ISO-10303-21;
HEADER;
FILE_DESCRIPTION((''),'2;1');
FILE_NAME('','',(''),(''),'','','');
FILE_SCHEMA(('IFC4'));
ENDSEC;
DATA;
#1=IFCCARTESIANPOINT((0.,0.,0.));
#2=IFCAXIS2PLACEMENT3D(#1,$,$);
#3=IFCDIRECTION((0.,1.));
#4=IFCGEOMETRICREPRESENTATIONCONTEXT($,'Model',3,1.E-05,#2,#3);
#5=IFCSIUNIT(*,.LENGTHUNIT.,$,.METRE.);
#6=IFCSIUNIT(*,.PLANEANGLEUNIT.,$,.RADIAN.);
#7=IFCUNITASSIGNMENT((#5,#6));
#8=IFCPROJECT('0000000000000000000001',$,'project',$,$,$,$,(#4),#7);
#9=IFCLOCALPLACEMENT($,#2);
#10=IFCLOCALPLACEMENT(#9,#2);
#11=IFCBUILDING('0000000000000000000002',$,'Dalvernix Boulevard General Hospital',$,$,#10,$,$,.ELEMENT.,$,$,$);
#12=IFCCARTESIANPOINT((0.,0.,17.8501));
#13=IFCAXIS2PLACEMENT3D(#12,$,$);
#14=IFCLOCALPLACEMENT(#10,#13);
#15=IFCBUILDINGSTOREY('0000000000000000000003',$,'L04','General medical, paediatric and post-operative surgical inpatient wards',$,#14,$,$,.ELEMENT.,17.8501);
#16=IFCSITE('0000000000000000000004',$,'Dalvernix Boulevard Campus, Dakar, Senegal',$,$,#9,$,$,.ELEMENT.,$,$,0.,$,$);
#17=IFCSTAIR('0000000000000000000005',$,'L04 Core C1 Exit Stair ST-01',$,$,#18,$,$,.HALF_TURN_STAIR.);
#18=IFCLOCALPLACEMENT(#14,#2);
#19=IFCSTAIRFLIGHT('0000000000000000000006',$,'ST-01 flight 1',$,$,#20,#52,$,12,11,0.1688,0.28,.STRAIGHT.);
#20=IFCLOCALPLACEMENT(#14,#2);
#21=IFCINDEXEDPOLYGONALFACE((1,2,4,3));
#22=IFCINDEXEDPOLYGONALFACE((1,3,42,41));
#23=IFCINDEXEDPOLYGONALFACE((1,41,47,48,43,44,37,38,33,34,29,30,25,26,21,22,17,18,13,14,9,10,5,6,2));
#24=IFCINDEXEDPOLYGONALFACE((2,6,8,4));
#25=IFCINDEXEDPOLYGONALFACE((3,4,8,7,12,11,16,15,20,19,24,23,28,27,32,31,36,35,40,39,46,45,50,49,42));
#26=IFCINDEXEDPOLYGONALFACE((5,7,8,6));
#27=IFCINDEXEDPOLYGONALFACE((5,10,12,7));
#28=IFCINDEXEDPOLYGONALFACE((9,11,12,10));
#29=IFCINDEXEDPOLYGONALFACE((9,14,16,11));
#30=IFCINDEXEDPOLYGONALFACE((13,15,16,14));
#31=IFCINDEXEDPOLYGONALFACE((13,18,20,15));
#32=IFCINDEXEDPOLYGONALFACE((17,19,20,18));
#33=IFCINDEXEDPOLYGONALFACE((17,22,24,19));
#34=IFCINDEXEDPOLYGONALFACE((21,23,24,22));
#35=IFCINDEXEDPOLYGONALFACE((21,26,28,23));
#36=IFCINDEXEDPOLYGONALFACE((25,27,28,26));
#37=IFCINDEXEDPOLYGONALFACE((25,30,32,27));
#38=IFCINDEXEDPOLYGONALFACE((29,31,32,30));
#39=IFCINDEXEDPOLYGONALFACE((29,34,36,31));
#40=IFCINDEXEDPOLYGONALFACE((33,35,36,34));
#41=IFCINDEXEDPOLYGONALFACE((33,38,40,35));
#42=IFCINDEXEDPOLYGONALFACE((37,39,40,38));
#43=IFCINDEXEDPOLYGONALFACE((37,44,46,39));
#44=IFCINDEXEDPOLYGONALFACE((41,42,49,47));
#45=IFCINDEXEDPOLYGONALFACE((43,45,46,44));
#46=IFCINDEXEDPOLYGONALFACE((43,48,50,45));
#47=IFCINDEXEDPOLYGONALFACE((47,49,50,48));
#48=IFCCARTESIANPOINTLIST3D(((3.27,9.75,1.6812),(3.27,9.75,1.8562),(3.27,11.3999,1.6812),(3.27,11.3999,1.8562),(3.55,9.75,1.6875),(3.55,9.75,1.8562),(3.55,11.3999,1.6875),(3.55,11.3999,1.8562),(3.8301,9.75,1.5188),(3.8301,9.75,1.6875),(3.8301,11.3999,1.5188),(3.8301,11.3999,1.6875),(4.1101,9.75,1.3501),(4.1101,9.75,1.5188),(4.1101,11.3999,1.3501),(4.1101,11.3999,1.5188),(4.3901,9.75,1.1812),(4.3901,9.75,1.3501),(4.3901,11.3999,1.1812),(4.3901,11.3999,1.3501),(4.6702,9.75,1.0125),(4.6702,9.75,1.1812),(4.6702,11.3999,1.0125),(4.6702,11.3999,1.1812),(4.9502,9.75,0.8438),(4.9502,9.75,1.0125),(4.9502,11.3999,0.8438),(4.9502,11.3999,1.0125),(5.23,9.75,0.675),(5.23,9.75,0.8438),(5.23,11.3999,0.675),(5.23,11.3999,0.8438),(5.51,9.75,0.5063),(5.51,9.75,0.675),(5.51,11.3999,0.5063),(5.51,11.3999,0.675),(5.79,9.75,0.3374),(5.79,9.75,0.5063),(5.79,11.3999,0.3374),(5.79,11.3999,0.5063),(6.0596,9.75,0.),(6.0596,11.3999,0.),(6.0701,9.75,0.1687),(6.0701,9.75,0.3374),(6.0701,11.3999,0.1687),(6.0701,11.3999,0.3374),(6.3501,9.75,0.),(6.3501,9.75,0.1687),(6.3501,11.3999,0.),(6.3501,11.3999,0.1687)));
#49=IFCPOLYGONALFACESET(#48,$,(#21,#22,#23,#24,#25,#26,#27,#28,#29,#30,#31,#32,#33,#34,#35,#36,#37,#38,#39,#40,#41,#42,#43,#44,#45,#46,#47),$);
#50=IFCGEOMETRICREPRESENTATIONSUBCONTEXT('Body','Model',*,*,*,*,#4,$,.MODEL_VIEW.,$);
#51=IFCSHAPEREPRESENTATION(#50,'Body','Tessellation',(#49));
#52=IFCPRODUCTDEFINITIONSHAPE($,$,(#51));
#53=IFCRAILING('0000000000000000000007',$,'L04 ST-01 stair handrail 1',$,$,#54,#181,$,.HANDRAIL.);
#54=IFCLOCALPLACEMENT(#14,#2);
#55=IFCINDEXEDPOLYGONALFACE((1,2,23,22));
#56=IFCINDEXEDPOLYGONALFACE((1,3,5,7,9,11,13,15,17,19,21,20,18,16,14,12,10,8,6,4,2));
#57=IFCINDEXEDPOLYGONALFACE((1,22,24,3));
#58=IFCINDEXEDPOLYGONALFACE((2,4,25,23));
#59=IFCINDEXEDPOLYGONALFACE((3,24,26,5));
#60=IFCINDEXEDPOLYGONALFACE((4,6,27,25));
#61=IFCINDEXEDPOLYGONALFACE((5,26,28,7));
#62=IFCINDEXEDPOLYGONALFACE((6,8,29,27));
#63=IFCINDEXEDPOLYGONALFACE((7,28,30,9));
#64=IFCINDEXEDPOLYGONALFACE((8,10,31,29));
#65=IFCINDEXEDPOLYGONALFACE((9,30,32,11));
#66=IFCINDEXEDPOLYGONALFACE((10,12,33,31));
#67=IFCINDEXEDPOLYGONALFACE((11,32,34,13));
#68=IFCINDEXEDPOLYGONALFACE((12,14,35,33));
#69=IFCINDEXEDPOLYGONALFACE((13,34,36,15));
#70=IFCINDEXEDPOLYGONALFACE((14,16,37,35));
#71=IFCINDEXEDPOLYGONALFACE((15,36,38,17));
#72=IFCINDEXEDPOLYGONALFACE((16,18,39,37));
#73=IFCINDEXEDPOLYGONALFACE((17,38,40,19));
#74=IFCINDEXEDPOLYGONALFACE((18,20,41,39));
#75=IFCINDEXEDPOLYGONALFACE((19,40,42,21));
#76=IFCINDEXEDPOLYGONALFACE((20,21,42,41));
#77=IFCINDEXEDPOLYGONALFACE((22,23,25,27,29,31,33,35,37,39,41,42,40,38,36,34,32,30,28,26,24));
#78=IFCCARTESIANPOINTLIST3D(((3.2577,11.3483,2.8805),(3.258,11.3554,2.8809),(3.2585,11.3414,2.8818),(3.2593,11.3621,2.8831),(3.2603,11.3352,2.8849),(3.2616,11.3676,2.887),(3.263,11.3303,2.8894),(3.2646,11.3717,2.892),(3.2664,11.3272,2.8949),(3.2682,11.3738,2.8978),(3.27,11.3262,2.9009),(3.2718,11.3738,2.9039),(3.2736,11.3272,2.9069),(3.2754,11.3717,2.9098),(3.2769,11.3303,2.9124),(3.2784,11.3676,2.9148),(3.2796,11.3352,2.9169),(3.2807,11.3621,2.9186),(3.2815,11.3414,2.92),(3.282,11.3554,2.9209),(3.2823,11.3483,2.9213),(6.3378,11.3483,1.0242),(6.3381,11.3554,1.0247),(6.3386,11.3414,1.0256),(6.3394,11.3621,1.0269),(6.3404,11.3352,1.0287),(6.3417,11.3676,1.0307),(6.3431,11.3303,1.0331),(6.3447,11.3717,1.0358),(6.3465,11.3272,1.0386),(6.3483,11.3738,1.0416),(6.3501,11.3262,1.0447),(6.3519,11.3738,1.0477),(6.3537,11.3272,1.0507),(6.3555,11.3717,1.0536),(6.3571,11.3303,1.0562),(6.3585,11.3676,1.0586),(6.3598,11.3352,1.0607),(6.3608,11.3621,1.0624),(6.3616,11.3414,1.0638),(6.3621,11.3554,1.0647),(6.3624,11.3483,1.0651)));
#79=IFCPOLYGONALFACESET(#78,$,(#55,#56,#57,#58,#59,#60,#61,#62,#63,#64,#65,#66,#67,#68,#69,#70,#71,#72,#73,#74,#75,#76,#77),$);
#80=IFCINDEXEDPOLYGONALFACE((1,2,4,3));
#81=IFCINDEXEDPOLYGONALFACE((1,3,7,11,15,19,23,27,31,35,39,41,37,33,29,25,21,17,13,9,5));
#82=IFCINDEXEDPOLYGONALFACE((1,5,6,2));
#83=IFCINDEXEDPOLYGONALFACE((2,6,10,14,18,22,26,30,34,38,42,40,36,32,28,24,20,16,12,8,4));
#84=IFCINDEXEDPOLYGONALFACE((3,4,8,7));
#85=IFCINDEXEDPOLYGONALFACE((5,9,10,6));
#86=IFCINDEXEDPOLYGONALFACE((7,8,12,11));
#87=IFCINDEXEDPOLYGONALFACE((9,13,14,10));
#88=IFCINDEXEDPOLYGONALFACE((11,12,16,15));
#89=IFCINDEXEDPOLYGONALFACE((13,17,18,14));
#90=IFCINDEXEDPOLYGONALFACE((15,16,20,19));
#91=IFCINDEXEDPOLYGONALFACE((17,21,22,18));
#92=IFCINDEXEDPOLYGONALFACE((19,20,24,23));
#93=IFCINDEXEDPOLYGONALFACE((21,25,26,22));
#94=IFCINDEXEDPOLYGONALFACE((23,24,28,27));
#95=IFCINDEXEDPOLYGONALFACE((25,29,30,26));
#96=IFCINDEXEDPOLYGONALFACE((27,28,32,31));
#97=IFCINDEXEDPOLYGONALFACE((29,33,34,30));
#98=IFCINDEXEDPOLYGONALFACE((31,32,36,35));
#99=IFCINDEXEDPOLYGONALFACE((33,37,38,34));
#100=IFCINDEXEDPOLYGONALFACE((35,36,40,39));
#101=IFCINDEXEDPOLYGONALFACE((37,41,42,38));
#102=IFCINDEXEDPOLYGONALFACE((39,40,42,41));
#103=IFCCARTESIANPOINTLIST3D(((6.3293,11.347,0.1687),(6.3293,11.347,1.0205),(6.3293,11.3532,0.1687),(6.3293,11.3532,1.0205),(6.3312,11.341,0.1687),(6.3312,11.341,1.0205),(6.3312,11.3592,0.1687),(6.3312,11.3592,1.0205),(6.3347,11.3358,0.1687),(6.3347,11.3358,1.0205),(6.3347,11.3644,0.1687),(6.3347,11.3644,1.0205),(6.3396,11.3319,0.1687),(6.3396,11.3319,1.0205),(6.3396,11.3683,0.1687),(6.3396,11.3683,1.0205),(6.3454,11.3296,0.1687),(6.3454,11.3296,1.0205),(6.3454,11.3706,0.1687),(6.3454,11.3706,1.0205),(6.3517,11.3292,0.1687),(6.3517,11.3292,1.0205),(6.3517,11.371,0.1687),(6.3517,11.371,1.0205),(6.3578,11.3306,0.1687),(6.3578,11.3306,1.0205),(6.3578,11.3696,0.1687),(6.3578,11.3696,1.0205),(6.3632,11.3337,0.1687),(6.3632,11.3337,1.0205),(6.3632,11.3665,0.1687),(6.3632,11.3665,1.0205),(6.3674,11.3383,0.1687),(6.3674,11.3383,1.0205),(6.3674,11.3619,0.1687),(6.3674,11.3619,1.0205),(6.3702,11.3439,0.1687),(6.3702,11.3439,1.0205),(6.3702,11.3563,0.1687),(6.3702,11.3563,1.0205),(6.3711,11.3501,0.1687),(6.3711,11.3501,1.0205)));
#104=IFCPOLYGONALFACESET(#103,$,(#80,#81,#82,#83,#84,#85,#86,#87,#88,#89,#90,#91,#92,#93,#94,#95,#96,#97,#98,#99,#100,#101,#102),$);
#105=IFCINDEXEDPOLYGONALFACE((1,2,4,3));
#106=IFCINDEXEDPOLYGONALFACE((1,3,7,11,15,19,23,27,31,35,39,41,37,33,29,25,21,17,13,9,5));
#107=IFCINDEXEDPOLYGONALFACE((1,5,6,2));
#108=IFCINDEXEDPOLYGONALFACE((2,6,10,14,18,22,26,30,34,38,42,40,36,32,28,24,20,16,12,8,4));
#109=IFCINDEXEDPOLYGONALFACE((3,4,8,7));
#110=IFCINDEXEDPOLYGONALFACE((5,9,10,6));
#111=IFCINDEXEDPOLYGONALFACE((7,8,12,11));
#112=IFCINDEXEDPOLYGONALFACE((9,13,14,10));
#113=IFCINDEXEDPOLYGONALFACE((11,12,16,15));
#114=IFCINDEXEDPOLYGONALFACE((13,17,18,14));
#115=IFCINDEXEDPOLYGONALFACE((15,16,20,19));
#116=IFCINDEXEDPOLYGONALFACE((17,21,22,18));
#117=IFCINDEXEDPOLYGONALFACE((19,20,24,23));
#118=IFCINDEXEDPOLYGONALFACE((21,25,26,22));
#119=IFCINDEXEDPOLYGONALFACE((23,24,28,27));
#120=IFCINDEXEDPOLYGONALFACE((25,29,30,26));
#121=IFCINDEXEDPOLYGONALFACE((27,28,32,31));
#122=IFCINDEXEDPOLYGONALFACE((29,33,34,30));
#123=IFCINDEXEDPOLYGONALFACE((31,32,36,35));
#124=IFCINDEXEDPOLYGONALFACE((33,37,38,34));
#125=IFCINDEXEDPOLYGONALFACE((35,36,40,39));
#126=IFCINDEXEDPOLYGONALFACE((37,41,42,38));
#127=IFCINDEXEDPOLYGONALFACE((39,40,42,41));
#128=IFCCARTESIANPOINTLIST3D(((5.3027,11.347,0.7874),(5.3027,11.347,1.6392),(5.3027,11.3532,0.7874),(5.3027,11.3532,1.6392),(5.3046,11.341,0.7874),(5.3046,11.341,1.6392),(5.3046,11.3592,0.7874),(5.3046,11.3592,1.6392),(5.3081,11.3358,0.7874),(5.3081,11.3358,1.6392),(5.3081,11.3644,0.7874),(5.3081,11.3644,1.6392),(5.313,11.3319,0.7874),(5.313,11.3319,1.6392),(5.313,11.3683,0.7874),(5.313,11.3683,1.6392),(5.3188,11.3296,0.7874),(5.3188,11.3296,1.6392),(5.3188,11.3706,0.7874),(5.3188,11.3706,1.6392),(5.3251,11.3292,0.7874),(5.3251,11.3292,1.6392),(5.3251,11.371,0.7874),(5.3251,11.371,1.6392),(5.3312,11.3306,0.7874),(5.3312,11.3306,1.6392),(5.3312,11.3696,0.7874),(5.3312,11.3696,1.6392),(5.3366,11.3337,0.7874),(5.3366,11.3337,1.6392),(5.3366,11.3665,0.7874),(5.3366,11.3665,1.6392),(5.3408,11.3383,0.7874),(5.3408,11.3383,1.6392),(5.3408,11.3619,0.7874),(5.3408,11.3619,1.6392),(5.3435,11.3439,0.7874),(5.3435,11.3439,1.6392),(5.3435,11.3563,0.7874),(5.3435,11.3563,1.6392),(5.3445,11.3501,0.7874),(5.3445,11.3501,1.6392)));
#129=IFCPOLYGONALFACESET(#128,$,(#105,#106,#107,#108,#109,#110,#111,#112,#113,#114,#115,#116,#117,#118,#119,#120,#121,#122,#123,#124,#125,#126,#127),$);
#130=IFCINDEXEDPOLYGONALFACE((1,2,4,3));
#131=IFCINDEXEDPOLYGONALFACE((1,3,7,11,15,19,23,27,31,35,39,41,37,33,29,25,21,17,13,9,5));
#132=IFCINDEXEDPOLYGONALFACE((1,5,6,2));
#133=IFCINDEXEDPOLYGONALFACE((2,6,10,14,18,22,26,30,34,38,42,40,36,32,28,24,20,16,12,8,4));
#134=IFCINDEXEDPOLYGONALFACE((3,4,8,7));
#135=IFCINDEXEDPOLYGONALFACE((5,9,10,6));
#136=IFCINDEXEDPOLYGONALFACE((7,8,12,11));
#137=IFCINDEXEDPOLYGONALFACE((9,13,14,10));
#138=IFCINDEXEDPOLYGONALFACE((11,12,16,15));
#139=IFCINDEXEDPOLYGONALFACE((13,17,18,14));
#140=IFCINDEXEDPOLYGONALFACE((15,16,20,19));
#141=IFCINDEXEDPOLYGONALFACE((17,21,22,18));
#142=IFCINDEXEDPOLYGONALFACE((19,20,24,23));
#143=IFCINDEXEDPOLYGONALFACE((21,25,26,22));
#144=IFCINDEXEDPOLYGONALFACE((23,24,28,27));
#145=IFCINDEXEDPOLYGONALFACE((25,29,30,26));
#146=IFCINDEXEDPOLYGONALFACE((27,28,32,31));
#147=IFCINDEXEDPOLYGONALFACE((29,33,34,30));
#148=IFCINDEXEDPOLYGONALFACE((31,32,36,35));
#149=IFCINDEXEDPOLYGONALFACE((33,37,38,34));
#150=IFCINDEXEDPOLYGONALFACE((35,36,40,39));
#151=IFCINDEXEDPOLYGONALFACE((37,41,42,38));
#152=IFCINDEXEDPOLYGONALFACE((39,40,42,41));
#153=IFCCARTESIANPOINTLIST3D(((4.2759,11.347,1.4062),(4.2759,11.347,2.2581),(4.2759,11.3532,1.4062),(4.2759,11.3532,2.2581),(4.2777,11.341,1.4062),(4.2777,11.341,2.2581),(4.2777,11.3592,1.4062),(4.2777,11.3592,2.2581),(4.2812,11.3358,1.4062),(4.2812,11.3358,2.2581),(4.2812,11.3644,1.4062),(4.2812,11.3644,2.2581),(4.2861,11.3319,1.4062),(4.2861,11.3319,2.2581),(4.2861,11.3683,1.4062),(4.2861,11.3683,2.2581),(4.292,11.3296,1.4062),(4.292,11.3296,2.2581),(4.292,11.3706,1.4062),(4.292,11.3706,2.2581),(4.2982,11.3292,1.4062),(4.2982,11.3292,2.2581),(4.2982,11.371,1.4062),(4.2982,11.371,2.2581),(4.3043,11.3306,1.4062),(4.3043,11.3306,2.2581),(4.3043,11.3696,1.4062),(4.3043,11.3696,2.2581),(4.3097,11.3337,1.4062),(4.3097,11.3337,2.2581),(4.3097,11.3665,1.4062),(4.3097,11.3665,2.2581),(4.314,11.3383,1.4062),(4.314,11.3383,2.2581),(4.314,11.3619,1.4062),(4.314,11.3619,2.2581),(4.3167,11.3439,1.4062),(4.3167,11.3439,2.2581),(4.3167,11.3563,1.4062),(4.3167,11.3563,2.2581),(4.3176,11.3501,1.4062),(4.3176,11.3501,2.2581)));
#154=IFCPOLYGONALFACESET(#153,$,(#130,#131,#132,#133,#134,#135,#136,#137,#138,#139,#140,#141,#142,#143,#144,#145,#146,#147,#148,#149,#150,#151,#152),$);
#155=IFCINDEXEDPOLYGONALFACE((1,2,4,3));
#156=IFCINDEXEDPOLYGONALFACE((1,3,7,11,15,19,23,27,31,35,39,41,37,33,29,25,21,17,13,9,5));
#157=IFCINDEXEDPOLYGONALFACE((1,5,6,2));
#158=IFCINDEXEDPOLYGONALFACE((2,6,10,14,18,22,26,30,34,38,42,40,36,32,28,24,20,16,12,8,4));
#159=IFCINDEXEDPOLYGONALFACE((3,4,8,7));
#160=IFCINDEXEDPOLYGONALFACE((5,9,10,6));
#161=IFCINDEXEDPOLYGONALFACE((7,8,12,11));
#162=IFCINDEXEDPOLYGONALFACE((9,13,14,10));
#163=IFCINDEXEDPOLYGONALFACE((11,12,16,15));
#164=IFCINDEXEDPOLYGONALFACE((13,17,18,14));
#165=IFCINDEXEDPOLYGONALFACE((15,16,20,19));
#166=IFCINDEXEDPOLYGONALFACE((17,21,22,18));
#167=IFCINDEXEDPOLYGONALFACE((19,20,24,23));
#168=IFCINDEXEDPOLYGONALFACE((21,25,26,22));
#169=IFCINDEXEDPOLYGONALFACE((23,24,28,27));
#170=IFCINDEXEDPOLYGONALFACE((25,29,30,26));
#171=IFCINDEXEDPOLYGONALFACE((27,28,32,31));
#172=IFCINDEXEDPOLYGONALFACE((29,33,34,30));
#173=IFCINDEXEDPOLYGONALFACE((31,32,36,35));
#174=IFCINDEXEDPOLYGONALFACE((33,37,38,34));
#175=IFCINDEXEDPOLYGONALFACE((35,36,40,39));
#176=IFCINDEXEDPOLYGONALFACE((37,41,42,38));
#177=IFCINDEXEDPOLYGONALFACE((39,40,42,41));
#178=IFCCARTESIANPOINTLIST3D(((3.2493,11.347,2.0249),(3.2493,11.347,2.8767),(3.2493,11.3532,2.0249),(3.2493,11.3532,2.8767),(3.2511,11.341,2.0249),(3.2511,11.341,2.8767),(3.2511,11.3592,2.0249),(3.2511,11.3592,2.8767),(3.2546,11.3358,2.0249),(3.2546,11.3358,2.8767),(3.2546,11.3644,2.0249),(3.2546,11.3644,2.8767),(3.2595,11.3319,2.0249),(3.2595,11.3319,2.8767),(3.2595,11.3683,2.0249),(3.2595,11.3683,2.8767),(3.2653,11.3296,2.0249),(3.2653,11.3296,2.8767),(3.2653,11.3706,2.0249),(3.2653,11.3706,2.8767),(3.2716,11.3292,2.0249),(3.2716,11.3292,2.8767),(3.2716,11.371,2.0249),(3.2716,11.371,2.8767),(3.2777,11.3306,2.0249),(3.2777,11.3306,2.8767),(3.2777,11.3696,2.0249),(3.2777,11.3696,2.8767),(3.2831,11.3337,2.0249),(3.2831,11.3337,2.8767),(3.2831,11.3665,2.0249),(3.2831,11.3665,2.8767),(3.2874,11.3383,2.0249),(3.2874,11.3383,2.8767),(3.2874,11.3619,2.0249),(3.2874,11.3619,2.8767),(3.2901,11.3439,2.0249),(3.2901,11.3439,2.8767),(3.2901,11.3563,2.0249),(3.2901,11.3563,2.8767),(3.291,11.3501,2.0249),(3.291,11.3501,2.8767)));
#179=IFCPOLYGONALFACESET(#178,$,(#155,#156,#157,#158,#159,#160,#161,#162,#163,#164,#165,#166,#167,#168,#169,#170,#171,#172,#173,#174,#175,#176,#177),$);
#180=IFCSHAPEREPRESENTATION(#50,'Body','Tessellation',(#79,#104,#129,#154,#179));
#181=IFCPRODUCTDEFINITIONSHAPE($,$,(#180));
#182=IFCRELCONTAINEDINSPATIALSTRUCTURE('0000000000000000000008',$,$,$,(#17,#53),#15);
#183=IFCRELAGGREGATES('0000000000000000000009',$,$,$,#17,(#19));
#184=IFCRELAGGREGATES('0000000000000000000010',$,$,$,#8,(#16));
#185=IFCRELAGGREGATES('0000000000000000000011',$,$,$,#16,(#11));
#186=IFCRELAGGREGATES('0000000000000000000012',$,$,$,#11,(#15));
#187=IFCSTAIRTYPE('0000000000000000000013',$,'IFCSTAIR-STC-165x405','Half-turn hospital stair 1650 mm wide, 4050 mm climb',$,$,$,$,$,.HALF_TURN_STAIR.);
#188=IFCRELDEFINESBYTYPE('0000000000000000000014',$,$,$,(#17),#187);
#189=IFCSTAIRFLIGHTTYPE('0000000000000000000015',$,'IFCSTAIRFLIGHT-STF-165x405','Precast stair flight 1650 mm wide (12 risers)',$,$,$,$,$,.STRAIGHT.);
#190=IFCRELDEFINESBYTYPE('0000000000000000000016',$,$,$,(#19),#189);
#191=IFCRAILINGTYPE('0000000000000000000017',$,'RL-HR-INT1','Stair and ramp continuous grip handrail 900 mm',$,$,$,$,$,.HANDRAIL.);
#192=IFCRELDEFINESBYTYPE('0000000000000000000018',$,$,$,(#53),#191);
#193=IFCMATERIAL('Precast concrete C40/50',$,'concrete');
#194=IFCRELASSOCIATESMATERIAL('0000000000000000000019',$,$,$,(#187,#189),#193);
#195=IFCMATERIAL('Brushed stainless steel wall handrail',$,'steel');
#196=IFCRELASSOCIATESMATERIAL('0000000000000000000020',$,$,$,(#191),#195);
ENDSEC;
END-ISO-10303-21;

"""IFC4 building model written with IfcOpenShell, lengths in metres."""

from ifc_helpers import new_model, si_unit, direction, frame, origin, origin_2d, place, context, subcontext, project, spatial, polyline, circle, outline, extrude, material, type_object, element, aggregate, save


model = new_model("IFC4")

# Units and contexts
model_context = context("Model", 3, precision=1e-05, world=origin(), true_north=direction((0.0, 1.0)))
body_context = subcontext(model_context, "Body", "Model", "MODEL_VIEW")
ifc_project = project(units=[si_unit("LENGTHUNIT", "METRE"), si_unit("PLANEANGLEUNIT", "RADIAN")], contexts=[model_context])

# Site, building, storey
site_placement = place(None, origin())
site = spatial("IfcSite", under=ifc_project, at=site_placement, Name="Dalvernix Boulevard Campus, Dakar, Senegal", CompositionType="ELEMENT", RefElevation=0.0)
building_placement = place(site_placement, origin())
building = spatial("IfcBuilding", under=site, at=building_placement, Name="Dalvernix Boulevard General Hospital", CompositionType="ELEMENT")
storey_placement = place(building_placement, frame((0.0, 0.0, 17.8501)))
storey = spatial("IfcBuildingStorey", under=building, at=storey_placement, Name="L04", Description="General medical, paediatric and post-operative surgical inpatient wards", CompositionType="ELEMENT", Elevation=17.8501)

# Stair, stair flight
ifc_material_1 = material(Name="Precast concrete C40/50", Category="concrete")
stair_type = type_object("IfcStairType", Name="IFCSTAIR-STC-165x405", Description="Half-turn hospital stair 1650 mm wide, 4050 mm climb", PredefinedType="HALF_TURN_STAIR", material=ifc_material_1)
stair_placement = place(storey_placement, origin())
stair = element("IfcStair", 1, at=stair_placement, inside=storey, type_object=stair_type, Name="L04 Core C1 Exit Stair ST-01", PredefinedType="HALF_TURN_STAIR")
stair_flight_type = type_object("IfcStairFlightType", Name="IFCSTAIRFLIGHT-STF-165x405", Description="Precast stair flight 1650 mm wide (12 risers)", PredefinedType="STRAIGHT", material=ifc_material_1)
stair_flight_placement = place(storey_placement, frame((6.3501, 10.575, 0.0), z_axis=(0.0, 0.0, 1.0), x_axis=(-1.0, 0.0, 0.0)))
stair_flight = element("IfcStairFlight", 2, at=stair_flight_placement, type_object=stair_flight_type, Name="ST-01 flight 1", NumberOfRisers=12, NumberOfTreads=11, PredefinedType="STRAIGHT", RiserHeight=0.1688, TreadLength=0.28, context=body_context, shape_type="SweptSolid", body=[
    extrude(outline(polyline([(0.0, 0.0), (0.0, 0.1687), (0.28, 0.1687), (0.28, 0.3374), (0.5601, 0.3374), (0.5601, 0.5063), (0.8401, 0.5063), (0.8401, 0.675), (1.1201, 0.675), (1.1201, 0.8438), (1.3999, 0.8438), (1.3999, 1.0125), (1.6799, 1.0125), (1.6799, 1.1812), (1.96, 1.1812), (1.96, 1.3501), (2.24, 1.3501), (2.24, 1.5188), (2.52, 1.5188), (2.52, 1.6875), (2.8, 1.6875), (2.8, 1.8562), (3.0801, 1.8562), (3.0801, 2.0249), (3.0801, 1.6812), (0.2905, 0.0), (0.0, 0.0)])), frame((0.0, 0.825, 0.0), z_axis=(0.0, -1.0, 0.0), x_axis=(1.0, 0.0, 0.0)), (0.0, 0.0, 1.0), 1.6499),
])
aggregate(stair, [stair_flight])

# Railing
ifc_material_2 = material(Name="Brushed stainless steel wall handrail", Category="steel")
railing_type = type_object("IfcRailingType", Name="RL-HR-INT1", Description="Stair and ramp continuous grip handrail 900 mm", PredefinedType="HANDRAIL", material=ifc_material_2)
railing_placement = place(storey_placement, frame((6.3501, 11.3501, 0.1687)))
element("IfcRailing", 3, at=railing_placement, inside=storey, type_object=railing_type, Name="L04 ST-01 stair handrail 1", PredefinedType="HANDRAIL", context=body_context, shape_type="SweptSolid", body=[
    extrude(circle(Radius=0.0239, at=origin_2d()), frame((0.0, 0.0, 0.876), z_axis=(-0.856491, 0.0, 0.516162), x_axis=(0.0, -1.0, 0.0)), (0.0, 0.0, 1.0), 3.5962),
    extrude(circle(Radius=0.021, at=origin_2d()), origin(), (0.0, 0.0, 1.0), 0.8518),
    extrude(circle(Radius=0.021, at=origin_2d()), frame((-1.0266, 0.0, 0.6187)), (0.0, 0.0, 1.0), 0.8518),
    extrude(circle(Radius=0.021, at=origin_2d()), frame((-2.0535, 0.0, 1.2375)), (0.0, 0.0, 1.0), 0.8518),
    extrude(circle(Radius=0.021, at=origin_2d()), frame((-3.0801, 0.0, 1.8562)), (0.0, 0.0, 1.0), 0.8518),
])

save(model, "model.ifc")
